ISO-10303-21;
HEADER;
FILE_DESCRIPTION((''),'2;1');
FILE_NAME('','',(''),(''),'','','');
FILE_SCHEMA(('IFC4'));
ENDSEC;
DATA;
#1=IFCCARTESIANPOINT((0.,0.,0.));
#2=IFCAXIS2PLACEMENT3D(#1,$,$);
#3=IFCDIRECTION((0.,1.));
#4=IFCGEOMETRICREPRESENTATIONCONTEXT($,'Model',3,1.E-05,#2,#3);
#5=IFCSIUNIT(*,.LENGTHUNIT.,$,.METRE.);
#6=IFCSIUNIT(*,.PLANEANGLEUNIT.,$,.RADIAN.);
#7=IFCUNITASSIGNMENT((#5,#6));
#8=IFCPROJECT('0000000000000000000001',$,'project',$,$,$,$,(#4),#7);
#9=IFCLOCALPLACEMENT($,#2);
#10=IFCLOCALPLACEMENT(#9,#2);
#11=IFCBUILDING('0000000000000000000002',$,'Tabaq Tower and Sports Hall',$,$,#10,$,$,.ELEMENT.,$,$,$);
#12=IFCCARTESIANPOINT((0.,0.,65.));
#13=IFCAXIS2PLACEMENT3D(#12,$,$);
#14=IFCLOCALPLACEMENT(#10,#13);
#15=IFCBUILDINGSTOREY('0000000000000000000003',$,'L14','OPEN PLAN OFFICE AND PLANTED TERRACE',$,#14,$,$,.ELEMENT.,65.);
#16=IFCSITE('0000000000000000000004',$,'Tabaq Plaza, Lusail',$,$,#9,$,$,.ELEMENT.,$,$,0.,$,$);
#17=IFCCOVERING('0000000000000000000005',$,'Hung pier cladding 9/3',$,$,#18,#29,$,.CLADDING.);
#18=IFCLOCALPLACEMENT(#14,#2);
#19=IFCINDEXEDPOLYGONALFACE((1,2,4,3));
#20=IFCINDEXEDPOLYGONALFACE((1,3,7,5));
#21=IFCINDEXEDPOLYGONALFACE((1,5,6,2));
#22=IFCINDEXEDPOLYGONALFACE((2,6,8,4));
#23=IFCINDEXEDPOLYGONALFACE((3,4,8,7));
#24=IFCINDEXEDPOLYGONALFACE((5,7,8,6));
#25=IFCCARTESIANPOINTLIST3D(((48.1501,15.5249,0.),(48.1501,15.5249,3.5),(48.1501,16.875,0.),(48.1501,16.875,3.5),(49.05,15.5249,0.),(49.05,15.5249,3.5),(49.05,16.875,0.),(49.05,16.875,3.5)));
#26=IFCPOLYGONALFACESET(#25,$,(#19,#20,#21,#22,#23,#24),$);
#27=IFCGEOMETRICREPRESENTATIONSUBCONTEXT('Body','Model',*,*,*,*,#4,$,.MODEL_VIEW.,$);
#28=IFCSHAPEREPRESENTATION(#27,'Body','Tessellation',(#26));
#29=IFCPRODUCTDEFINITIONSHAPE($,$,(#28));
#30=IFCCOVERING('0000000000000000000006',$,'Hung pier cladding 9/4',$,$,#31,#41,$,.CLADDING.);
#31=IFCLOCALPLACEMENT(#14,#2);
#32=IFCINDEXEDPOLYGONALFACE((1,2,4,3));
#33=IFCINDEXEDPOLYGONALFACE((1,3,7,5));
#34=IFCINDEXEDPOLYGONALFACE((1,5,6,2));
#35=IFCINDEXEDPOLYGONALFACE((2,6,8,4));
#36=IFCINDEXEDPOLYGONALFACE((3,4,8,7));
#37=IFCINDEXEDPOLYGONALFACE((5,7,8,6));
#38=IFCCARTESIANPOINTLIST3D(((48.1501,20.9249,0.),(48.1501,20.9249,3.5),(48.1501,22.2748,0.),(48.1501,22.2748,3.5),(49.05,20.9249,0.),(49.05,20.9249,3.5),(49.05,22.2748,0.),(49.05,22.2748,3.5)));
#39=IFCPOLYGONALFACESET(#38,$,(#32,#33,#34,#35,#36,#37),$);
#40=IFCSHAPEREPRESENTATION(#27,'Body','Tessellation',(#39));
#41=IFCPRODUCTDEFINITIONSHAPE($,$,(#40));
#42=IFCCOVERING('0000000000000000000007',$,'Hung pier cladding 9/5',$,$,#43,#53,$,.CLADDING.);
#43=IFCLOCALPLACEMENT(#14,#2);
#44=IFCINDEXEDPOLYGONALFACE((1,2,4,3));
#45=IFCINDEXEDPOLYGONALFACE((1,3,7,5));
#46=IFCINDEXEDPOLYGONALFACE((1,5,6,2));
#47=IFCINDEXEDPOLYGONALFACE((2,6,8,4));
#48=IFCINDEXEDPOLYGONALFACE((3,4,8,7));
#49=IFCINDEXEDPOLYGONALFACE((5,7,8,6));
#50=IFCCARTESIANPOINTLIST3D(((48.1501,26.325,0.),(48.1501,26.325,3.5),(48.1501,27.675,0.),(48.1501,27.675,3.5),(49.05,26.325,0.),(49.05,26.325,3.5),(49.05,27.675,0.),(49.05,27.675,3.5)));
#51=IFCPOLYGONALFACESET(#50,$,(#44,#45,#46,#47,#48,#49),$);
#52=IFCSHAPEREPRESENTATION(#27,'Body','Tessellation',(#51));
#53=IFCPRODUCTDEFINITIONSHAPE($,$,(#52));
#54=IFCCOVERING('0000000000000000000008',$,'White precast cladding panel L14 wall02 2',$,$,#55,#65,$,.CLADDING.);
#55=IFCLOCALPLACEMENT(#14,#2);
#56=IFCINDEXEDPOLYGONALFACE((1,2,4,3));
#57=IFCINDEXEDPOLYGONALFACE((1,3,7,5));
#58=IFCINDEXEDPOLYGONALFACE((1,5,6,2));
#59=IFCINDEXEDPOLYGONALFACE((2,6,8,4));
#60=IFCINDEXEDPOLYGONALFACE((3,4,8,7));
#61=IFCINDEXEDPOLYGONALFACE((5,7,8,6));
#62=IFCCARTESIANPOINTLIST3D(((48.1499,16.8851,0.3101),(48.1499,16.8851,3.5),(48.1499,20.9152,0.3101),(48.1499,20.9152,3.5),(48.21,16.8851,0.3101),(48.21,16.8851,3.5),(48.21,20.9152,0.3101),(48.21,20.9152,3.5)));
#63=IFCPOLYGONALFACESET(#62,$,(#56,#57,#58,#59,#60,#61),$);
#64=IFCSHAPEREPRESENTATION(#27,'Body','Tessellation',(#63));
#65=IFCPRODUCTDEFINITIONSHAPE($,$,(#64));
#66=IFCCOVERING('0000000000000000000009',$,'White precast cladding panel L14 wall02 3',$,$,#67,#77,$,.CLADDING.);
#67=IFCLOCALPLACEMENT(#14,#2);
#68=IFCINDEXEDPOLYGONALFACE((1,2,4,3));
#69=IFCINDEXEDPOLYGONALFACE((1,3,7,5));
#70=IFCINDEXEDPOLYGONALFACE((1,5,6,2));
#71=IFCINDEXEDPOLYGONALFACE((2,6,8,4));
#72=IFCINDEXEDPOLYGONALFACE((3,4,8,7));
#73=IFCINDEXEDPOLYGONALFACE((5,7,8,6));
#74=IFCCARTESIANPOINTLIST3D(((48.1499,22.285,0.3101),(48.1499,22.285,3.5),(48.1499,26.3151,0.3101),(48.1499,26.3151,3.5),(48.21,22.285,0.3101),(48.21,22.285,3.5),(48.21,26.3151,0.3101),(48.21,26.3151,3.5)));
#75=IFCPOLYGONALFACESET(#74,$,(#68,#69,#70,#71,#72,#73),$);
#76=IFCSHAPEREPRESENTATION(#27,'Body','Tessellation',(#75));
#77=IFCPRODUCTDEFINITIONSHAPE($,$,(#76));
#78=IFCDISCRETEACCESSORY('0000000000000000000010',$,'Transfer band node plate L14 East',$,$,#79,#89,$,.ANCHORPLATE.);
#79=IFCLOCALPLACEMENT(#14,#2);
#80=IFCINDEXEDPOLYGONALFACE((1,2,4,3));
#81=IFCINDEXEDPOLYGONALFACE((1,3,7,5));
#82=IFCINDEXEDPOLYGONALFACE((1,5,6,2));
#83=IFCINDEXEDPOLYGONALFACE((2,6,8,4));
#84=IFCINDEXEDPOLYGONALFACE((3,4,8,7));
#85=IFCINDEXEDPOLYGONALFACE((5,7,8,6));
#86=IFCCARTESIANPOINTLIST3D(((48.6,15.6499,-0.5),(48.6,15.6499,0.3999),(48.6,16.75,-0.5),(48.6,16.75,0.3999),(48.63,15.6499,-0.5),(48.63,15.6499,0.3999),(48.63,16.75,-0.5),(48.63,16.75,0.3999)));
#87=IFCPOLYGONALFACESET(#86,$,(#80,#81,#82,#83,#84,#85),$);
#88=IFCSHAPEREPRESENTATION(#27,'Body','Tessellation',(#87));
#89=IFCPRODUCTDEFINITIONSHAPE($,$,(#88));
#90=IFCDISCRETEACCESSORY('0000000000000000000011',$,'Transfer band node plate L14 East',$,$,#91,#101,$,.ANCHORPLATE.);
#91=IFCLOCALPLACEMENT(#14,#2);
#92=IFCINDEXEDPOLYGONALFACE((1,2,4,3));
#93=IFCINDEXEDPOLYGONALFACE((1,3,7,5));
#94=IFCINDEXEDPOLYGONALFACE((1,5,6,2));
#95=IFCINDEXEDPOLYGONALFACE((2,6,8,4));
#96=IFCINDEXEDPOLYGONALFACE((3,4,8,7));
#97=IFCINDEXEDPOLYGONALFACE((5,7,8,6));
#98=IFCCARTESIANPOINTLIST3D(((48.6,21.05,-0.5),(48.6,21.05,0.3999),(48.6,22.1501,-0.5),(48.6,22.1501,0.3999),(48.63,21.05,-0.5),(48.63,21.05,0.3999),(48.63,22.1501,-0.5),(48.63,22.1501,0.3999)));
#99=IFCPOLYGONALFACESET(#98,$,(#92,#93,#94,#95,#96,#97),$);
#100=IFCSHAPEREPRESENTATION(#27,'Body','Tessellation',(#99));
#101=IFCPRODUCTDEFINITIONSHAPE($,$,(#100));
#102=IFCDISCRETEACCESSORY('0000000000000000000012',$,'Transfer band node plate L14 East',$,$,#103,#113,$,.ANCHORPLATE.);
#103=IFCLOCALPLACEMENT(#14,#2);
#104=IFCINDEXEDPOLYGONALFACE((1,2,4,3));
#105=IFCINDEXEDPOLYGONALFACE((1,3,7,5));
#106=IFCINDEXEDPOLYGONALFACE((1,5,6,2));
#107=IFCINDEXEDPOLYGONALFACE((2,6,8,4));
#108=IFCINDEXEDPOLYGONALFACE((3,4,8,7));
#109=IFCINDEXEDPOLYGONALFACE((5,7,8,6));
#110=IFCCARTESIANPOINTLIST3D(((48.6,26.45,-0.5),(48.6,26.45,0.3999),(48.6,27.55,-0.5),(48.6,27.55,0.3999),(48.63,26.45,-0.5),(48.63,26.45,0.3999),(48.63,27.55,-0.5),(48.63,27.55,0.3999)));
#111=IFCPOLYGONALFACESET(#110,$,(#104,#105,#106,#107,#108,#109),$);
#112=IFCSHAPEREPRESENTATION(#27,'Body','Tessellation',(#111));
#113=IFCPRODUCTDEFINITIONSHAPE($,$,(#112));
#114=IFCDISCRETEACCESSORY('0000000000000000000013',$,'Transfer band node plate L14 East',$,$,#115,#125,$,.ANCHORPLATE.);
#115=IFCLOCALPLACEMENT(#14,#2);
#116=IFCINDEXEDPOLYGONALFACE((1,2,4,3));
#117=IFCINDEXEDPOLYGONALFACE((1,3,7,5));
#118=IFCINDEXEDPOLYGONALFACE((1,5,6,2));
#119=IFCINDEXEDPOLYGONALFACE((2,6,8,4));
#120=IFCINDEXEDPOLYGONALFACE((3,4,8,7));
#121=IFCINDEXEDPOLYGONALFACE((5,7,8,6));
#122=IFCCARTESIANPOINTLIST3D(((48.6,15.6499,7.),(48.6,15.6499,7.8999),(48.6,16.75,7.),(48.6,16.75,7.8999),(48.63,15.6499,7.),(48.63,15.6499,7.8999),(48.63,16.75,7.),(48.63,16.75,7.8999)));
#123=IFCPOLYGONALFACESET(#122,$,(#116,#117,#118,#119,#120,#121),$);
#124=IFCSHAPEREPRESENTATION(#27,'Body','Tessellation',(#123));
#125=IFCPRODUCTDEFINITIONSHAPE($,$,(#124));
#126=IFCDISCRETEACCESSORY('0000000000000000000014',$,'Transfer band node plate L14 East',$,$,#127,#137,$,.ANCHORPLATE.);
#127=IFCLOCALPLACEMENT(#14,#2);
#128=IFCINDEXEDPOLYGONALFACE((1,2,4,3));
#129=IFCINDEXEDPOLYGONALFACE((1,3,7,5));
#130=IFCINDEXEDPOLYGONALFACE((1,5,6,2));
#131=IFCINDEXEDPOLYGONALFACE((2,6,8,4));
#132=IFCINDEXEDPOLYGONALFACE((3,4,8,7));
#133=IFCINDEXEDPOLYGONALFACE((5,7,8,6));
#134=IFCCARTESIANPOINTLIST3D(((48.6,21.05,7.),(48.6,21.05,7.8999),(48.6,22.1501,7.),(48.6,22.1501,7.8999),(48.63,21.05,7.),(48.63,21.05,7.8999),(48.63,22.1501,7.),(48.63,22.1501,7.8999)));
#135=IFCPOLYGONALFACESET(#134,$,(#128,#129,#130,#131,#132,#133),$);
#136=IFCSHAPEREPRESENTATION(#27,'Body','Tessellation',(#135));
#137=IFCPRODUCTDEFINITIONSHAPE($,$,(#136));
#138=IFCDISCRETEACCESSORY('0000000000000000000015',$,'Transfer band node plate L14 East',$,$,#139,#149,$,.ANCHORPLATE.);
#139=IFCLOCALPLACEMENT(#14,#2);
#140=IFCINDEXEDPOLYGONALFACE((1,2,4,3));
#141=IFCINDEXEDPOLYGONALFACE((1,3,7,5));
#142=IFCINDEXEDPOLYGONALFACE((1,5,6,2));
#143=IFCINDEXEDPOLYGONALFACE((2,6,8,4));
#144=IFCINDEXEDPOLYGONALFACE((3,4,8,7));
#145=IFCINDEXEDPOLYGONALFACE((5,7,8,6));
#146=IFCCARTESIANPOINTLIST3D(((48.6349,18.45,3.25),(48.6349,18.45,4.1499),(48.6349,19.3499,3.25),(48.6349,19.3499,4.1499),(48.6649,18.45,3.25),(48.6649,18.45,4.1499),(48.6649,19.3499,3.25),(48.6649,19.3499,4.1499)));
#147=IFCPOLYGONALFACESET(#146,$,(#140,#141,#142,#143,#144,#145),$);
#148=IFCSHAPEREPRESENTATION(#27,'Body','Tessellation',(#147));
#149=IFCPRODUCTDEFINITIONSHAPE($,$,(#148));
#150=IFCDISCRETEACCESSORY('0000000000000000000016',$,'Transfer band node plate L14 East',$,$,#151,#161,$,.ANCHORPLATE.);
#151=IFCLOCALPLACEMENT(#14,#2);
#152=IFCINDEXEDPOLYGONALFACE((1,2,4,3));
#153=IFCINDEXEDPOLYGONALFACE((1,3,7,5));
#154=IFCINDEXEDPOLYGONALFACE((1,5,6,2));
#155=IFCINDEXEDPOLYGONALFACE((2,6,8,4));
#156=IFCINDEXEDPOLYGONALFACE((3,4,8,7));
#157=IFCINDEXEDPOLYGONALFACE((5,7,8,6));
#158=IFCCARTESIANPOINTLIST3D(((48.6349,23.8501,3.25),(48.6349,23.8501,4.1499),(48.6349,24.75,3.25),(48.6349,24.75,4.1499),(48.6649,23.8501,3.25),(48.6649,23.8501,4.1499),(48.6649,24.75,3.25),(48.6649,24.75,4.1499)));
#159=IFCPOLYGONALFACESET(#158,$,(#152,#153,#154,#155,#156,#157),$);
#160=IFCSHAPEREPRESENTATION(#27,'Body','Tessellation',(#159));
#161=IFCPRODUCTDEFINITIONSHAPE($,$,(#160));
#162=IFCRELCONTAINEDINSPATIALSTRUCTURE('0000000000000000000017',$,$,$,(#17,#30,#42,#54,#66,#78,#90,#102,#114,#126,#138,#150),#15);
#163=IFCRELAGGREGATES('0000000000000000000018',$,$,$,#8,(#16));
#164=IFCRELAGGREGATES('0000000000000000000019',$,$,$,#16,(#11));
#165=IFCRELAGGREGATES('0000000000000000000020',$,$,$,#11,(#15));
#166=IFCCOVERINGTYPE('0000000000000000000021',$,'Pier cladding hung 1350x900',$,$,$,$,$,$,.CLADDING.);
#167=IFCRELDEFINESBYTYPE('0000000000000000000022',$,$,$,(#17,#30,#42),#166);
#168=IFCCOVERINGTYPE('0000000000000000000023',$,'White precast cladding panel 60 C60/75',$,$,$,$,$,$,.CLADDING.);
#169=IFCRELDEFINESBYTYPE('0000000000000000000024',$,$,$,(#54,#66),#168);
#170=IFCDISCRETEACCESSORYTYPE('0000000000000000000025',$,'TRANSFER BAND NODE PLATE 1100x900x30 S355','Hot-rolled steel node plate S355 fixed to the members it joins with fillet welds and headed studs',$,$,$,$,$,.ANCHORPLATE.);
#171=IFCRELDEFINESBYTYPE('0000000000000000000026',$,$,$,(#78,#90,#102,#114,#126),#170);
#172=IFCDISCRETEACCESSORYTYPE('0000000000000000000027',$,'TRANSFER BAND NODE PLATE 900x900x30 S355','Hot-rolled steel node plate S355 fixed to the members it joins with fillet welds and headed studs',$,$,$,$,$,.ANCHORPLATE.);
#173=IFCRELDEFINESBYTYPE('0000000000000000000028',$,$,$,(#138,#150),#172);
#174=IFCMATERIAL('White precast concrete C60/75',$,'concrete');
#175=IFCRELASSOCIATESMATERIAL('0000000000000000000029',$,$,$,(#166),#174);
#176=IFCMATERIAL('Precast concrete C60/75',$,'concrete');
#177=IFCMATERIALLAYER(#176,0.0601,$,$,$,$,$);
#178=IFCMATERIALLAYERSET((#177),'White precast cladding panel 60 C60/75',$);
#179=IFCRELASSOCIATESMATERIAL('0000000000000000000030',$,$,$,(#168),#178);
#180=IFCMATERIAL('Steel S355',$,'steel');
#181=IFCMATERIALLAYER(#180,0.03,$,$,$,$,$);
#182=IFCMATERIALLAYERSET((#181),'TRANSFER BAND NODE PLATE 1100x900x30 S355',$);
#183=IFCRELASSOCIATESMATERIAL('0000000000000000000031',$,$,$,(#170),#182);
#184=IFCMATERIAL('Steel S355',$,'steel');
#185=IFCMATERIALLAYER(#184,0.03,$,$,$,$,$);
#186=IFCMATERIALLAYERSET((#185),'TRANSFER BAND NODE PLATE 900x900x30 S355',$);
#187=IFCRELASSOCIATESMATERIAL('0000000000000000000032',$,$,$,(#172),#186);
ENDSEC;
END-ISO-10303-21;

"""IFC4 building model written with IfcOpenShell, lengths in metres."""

from ifc_helpers import new_model, si_unit, direction, frame, frame_2d, origin, origin_2d, place, context, subcontext, project, spatial, rectangle, extrude, material, layer, layer_set, type_object, element, save


model = new_model("IFC4")

# Units and contexts
model_context = context("Model", 3, precision=1e-05, world=origin(), true_north=direction((0.0, 1.0)))
body_context = subcontext(model_context, "Body", "Model", "MODEL_VIEW")
ifc_project = project(units=[si_unit("LENGTHUNIT", "METRE"), si_unit("PLANEANGLEUNIT", "RADIAN")], contexts=[model_context])

# Site, building, storey
site_placement = place(None, origin())
site = spatial("IfcSite", under=ifc_project, at=site_placement, Name="Tabaq Plaza, Lusail", CompositionType="ELEMENT", RefElevation=0.0)
building_placement = place(site_placement, origin())
building = spatial("IfcBuilding", under=site, at=building_placement, Name="Tabaq Tower and Sports Hall", CompositionType="ELEMENT")
storey_placement = place(building_placement, frame((0.0, 0.0, 65.0)))
storey = spatial("IfcBuildingStorey", under=building, at=storey_placement, Name="L14", Description="OPEN PLAN OFFICE AND PLANTED TERRACE", CompositionType="ELEMENT", Elevation=65.0)

# Coverings
ifc_material_1 = material(Name="White precast concrete C60/75", Category="concrete")
covering_type_1 = type_object("IfcCoveringType", Name="Pier cladding hung 1350x900", PredefinedType="CLADDING", material=ifc_material_1)
covering_1_placement = place(storey_placement, frame((48.6001, 15.5249, 0.0), z_axis=(0.0, 0.0, 1.0), x_axis=(0.0, 1.0, 0.0)))
element("IfcCovering", 1, at=covering_1_placement, inside=storey, type_object=covering_type_1, Name="Hung pier cladding 9/3", PredefinedType="CLADDING", context=body_context, shape_type="SweptSolid", body=[
    extrude(rectangle(XDim=1.3501, YDim=0.8999, at=frame_2d((0.675, 0.0))), origin(), (0.0, 0.0, 1.0), 3.5),
])
covering_2_placement = place(storey_placement, frame((48.6001, 20.925, 0.0), z_axis=(0.0, 0.0, 1.0), x_axis=(0.0, 1.0, 0.0)))
element("IfcCovering", 2, at=covering_2_placement, inside=storey, type_object=covering_type_1, Name="Hung pier cladding 9/4", PredefinedType="CLADDING", context=body_context, shape_type="SweptSolid", body=[
    extrude(rectangle(XDim=1.3499, YDim=0.8999, at=frame_2d((0.6748, 0.0))), origin(), (0.0, 0.0, 1.0), 3.5),
])
covering_3_placement = place(storey_placement, frame((48.6001, 26.325, 0.0), z_axis=(0.0, 0.0, 1.0), x_axis=(0.0, 1.0, 0.0)))
element("IfcCovering", 3, at=covering_3_placement, inside=storey, type_object=covering_type_1, Name="Hung pier cladding 9/5", PredefinedType="CLADDING", context=body_context, shape_type="SweptSolid", body=[
    extrude(rectangle(XDim=1.3501, YDim=0.8999, at=frame_2d((0.675, 0.0))), origin(), (0.0, 0.0, 1.0), 3.5),
])
ifc_material_2 = material(Name="Precast concrete C60/75", Category="concrete")
ifc_layer_1 = layer(ifc_material_2, 0.0601)
ifc_layer_set_1 = layer_set([ifc_layer_1], Name="White precast cladding panel 60 C60/75")
covering_type_2 = type_object("IfcCoveringType", Name="White precast cladding panel 60 C60/75", PredefinedType="CLADDING", material=ifc_layer_set_1)
for number, where, z_axis, x_axis, name in (
    (4, (48.1799, 16.885, 0.3101), (0.0, 0.0, 1.0), (0.0, 1.0, 0.0), "White precast cladding panel L14 wall02 2"),
    (5, (48.1799, 22.2849, 0.3101), (0.0, 0.0, 1.0), (0.0, 1.0, 0.0), "White precast cladding panel L14 wall02 3"),
):
    element("IfcCovering", number, at=place(storey_placement, frame(where, z_axis=z_axis, x_axis=x_axis)), inside=storey, type_object=covering_type_2, Name=name, PredefinedType="CLADDING", context=body_context, shape_type="SweptSolid", body=[
        extrude(rectangle(XDim=4.03, YDim=0.0601, at=frame_2d((2.0151, 0.0))), origin(), (0.0, 0.0, 1.0), 3.1899),
    ])

# Discrete accessories
ifc_material_3 = material(Name="Steel S355", Category="steel")
ifc_layer_2 = layer(ifc_material_3, 0.03)
ifc_layer_set_2 = layer_set([ifc_layer_2], Name="TRANSFER BAND NODE PLATE 1100x900x30 S355")
discrete_accessory_type_1 = type_object("IfcDiscreteAccessoryType", Name="TRANSFER BAND NODE PLATE 1100x900x30 S355", Description="Hot-rolled steel node plate S355 fixed to the members it joins with fillet welds and headed studs", PredefinedType="ANCHORPLATE", material=ifc_layer_set_2)
for number, where, z_axis, x_axis, name in (
    (6, (48.615, 16.2, -0.5), (0.0, 0.0, 1.0), (0.0, 1.0, 0.0), "Transfer band node plate L14 East"),
    (7, (48.615, 21.6001, -0.5), (0.0, 0.0, 1.0), (0.0, 1.0, 0.0), "Transfer band node plate L14 East"),
    (8, (48.615, 27.0, -0.5), (0.0, 0.0, 1.0), (0.0, 1.0, 0.0), "Transfer band node plate L14 East"),
    (9, (48.615, 16.2, 7.0), (0.0, 0.0, 1.0), (0.0, 1.0, 0.0), "Transfer band node plate L14 East"),
    (10, (48.615, 21.6001, 7.0), (0.0, 0.0, 1.0), (0.0, 1.0, 0.0), "Transfer band node plate L14 East"),
):
    element("IfcDiscreteAccessory", number, at=place(storey_placement, frame(where, z_axis=z_axis, x_axis=x_axis)), inside=storey, type_object=discrete_accessory_type_1, Name=name, PredefinedType="ANCHORPLATE", context=body_context, shape_type="SweptSolid", body=[
        extrude(rectangle(XDim=1.1001, YDim=0.03, at=origin_2d()), origin(), (0.0, 0.0, 1.0), 0.8999),
    ])
ifc_material_4 = material(Name="Steel S355", Category="steel")
ifc_layer_3 = layer(ifc_material_4, 0.03)
ifc_layer_set_3 = layer_set([ifc_layer_3], Name="TRANSFER BAND NODE PLATE 900x900x30 S355")
discrete_accessory_type_2 = type_object("IfcDiscreteAccessoryType", Name="TRANSFER BAND NODE PLATE 900x900x30 S355", Description="Hot-rolled steel node plate S355 fixed to the members it joins with fillet welds and headed studs", PredefinedType="ANCHORPLATE", material=ifc_layer_set_3)
for number, where, z_axis, x_axis, name in (
    (11, (48.6499, 18.8999, 3.25), (0.0, 0.0, 1.0), (0.0, 1.0, 0.0), "Transfer band node plate L14 East"),
    (12, (48.6499, 24.3, 3.25), (0.0, 0.0, 1.0), (0.0, 1.0, 0.0), "Transfer band node plate L14 East"),
):
    element("IfcDiscreteAccessory", number, at=place(storey_placement, frame(where, z_axis=z_axis, x_axis=x_axis)), inside=storey, type_object=discrete_accessory_type_2, Name=name, PredefinedType="ANCHORPLATE", context=body_context, shape_type="SweptSolid", body=[
        extrude(rectangle(XDim=0.8999, YDim=0.03, at=origin_2d()), origin(), (0.0, 0.0, 1.0), 0.8999),
    ])

save(model, "model.ifc")
